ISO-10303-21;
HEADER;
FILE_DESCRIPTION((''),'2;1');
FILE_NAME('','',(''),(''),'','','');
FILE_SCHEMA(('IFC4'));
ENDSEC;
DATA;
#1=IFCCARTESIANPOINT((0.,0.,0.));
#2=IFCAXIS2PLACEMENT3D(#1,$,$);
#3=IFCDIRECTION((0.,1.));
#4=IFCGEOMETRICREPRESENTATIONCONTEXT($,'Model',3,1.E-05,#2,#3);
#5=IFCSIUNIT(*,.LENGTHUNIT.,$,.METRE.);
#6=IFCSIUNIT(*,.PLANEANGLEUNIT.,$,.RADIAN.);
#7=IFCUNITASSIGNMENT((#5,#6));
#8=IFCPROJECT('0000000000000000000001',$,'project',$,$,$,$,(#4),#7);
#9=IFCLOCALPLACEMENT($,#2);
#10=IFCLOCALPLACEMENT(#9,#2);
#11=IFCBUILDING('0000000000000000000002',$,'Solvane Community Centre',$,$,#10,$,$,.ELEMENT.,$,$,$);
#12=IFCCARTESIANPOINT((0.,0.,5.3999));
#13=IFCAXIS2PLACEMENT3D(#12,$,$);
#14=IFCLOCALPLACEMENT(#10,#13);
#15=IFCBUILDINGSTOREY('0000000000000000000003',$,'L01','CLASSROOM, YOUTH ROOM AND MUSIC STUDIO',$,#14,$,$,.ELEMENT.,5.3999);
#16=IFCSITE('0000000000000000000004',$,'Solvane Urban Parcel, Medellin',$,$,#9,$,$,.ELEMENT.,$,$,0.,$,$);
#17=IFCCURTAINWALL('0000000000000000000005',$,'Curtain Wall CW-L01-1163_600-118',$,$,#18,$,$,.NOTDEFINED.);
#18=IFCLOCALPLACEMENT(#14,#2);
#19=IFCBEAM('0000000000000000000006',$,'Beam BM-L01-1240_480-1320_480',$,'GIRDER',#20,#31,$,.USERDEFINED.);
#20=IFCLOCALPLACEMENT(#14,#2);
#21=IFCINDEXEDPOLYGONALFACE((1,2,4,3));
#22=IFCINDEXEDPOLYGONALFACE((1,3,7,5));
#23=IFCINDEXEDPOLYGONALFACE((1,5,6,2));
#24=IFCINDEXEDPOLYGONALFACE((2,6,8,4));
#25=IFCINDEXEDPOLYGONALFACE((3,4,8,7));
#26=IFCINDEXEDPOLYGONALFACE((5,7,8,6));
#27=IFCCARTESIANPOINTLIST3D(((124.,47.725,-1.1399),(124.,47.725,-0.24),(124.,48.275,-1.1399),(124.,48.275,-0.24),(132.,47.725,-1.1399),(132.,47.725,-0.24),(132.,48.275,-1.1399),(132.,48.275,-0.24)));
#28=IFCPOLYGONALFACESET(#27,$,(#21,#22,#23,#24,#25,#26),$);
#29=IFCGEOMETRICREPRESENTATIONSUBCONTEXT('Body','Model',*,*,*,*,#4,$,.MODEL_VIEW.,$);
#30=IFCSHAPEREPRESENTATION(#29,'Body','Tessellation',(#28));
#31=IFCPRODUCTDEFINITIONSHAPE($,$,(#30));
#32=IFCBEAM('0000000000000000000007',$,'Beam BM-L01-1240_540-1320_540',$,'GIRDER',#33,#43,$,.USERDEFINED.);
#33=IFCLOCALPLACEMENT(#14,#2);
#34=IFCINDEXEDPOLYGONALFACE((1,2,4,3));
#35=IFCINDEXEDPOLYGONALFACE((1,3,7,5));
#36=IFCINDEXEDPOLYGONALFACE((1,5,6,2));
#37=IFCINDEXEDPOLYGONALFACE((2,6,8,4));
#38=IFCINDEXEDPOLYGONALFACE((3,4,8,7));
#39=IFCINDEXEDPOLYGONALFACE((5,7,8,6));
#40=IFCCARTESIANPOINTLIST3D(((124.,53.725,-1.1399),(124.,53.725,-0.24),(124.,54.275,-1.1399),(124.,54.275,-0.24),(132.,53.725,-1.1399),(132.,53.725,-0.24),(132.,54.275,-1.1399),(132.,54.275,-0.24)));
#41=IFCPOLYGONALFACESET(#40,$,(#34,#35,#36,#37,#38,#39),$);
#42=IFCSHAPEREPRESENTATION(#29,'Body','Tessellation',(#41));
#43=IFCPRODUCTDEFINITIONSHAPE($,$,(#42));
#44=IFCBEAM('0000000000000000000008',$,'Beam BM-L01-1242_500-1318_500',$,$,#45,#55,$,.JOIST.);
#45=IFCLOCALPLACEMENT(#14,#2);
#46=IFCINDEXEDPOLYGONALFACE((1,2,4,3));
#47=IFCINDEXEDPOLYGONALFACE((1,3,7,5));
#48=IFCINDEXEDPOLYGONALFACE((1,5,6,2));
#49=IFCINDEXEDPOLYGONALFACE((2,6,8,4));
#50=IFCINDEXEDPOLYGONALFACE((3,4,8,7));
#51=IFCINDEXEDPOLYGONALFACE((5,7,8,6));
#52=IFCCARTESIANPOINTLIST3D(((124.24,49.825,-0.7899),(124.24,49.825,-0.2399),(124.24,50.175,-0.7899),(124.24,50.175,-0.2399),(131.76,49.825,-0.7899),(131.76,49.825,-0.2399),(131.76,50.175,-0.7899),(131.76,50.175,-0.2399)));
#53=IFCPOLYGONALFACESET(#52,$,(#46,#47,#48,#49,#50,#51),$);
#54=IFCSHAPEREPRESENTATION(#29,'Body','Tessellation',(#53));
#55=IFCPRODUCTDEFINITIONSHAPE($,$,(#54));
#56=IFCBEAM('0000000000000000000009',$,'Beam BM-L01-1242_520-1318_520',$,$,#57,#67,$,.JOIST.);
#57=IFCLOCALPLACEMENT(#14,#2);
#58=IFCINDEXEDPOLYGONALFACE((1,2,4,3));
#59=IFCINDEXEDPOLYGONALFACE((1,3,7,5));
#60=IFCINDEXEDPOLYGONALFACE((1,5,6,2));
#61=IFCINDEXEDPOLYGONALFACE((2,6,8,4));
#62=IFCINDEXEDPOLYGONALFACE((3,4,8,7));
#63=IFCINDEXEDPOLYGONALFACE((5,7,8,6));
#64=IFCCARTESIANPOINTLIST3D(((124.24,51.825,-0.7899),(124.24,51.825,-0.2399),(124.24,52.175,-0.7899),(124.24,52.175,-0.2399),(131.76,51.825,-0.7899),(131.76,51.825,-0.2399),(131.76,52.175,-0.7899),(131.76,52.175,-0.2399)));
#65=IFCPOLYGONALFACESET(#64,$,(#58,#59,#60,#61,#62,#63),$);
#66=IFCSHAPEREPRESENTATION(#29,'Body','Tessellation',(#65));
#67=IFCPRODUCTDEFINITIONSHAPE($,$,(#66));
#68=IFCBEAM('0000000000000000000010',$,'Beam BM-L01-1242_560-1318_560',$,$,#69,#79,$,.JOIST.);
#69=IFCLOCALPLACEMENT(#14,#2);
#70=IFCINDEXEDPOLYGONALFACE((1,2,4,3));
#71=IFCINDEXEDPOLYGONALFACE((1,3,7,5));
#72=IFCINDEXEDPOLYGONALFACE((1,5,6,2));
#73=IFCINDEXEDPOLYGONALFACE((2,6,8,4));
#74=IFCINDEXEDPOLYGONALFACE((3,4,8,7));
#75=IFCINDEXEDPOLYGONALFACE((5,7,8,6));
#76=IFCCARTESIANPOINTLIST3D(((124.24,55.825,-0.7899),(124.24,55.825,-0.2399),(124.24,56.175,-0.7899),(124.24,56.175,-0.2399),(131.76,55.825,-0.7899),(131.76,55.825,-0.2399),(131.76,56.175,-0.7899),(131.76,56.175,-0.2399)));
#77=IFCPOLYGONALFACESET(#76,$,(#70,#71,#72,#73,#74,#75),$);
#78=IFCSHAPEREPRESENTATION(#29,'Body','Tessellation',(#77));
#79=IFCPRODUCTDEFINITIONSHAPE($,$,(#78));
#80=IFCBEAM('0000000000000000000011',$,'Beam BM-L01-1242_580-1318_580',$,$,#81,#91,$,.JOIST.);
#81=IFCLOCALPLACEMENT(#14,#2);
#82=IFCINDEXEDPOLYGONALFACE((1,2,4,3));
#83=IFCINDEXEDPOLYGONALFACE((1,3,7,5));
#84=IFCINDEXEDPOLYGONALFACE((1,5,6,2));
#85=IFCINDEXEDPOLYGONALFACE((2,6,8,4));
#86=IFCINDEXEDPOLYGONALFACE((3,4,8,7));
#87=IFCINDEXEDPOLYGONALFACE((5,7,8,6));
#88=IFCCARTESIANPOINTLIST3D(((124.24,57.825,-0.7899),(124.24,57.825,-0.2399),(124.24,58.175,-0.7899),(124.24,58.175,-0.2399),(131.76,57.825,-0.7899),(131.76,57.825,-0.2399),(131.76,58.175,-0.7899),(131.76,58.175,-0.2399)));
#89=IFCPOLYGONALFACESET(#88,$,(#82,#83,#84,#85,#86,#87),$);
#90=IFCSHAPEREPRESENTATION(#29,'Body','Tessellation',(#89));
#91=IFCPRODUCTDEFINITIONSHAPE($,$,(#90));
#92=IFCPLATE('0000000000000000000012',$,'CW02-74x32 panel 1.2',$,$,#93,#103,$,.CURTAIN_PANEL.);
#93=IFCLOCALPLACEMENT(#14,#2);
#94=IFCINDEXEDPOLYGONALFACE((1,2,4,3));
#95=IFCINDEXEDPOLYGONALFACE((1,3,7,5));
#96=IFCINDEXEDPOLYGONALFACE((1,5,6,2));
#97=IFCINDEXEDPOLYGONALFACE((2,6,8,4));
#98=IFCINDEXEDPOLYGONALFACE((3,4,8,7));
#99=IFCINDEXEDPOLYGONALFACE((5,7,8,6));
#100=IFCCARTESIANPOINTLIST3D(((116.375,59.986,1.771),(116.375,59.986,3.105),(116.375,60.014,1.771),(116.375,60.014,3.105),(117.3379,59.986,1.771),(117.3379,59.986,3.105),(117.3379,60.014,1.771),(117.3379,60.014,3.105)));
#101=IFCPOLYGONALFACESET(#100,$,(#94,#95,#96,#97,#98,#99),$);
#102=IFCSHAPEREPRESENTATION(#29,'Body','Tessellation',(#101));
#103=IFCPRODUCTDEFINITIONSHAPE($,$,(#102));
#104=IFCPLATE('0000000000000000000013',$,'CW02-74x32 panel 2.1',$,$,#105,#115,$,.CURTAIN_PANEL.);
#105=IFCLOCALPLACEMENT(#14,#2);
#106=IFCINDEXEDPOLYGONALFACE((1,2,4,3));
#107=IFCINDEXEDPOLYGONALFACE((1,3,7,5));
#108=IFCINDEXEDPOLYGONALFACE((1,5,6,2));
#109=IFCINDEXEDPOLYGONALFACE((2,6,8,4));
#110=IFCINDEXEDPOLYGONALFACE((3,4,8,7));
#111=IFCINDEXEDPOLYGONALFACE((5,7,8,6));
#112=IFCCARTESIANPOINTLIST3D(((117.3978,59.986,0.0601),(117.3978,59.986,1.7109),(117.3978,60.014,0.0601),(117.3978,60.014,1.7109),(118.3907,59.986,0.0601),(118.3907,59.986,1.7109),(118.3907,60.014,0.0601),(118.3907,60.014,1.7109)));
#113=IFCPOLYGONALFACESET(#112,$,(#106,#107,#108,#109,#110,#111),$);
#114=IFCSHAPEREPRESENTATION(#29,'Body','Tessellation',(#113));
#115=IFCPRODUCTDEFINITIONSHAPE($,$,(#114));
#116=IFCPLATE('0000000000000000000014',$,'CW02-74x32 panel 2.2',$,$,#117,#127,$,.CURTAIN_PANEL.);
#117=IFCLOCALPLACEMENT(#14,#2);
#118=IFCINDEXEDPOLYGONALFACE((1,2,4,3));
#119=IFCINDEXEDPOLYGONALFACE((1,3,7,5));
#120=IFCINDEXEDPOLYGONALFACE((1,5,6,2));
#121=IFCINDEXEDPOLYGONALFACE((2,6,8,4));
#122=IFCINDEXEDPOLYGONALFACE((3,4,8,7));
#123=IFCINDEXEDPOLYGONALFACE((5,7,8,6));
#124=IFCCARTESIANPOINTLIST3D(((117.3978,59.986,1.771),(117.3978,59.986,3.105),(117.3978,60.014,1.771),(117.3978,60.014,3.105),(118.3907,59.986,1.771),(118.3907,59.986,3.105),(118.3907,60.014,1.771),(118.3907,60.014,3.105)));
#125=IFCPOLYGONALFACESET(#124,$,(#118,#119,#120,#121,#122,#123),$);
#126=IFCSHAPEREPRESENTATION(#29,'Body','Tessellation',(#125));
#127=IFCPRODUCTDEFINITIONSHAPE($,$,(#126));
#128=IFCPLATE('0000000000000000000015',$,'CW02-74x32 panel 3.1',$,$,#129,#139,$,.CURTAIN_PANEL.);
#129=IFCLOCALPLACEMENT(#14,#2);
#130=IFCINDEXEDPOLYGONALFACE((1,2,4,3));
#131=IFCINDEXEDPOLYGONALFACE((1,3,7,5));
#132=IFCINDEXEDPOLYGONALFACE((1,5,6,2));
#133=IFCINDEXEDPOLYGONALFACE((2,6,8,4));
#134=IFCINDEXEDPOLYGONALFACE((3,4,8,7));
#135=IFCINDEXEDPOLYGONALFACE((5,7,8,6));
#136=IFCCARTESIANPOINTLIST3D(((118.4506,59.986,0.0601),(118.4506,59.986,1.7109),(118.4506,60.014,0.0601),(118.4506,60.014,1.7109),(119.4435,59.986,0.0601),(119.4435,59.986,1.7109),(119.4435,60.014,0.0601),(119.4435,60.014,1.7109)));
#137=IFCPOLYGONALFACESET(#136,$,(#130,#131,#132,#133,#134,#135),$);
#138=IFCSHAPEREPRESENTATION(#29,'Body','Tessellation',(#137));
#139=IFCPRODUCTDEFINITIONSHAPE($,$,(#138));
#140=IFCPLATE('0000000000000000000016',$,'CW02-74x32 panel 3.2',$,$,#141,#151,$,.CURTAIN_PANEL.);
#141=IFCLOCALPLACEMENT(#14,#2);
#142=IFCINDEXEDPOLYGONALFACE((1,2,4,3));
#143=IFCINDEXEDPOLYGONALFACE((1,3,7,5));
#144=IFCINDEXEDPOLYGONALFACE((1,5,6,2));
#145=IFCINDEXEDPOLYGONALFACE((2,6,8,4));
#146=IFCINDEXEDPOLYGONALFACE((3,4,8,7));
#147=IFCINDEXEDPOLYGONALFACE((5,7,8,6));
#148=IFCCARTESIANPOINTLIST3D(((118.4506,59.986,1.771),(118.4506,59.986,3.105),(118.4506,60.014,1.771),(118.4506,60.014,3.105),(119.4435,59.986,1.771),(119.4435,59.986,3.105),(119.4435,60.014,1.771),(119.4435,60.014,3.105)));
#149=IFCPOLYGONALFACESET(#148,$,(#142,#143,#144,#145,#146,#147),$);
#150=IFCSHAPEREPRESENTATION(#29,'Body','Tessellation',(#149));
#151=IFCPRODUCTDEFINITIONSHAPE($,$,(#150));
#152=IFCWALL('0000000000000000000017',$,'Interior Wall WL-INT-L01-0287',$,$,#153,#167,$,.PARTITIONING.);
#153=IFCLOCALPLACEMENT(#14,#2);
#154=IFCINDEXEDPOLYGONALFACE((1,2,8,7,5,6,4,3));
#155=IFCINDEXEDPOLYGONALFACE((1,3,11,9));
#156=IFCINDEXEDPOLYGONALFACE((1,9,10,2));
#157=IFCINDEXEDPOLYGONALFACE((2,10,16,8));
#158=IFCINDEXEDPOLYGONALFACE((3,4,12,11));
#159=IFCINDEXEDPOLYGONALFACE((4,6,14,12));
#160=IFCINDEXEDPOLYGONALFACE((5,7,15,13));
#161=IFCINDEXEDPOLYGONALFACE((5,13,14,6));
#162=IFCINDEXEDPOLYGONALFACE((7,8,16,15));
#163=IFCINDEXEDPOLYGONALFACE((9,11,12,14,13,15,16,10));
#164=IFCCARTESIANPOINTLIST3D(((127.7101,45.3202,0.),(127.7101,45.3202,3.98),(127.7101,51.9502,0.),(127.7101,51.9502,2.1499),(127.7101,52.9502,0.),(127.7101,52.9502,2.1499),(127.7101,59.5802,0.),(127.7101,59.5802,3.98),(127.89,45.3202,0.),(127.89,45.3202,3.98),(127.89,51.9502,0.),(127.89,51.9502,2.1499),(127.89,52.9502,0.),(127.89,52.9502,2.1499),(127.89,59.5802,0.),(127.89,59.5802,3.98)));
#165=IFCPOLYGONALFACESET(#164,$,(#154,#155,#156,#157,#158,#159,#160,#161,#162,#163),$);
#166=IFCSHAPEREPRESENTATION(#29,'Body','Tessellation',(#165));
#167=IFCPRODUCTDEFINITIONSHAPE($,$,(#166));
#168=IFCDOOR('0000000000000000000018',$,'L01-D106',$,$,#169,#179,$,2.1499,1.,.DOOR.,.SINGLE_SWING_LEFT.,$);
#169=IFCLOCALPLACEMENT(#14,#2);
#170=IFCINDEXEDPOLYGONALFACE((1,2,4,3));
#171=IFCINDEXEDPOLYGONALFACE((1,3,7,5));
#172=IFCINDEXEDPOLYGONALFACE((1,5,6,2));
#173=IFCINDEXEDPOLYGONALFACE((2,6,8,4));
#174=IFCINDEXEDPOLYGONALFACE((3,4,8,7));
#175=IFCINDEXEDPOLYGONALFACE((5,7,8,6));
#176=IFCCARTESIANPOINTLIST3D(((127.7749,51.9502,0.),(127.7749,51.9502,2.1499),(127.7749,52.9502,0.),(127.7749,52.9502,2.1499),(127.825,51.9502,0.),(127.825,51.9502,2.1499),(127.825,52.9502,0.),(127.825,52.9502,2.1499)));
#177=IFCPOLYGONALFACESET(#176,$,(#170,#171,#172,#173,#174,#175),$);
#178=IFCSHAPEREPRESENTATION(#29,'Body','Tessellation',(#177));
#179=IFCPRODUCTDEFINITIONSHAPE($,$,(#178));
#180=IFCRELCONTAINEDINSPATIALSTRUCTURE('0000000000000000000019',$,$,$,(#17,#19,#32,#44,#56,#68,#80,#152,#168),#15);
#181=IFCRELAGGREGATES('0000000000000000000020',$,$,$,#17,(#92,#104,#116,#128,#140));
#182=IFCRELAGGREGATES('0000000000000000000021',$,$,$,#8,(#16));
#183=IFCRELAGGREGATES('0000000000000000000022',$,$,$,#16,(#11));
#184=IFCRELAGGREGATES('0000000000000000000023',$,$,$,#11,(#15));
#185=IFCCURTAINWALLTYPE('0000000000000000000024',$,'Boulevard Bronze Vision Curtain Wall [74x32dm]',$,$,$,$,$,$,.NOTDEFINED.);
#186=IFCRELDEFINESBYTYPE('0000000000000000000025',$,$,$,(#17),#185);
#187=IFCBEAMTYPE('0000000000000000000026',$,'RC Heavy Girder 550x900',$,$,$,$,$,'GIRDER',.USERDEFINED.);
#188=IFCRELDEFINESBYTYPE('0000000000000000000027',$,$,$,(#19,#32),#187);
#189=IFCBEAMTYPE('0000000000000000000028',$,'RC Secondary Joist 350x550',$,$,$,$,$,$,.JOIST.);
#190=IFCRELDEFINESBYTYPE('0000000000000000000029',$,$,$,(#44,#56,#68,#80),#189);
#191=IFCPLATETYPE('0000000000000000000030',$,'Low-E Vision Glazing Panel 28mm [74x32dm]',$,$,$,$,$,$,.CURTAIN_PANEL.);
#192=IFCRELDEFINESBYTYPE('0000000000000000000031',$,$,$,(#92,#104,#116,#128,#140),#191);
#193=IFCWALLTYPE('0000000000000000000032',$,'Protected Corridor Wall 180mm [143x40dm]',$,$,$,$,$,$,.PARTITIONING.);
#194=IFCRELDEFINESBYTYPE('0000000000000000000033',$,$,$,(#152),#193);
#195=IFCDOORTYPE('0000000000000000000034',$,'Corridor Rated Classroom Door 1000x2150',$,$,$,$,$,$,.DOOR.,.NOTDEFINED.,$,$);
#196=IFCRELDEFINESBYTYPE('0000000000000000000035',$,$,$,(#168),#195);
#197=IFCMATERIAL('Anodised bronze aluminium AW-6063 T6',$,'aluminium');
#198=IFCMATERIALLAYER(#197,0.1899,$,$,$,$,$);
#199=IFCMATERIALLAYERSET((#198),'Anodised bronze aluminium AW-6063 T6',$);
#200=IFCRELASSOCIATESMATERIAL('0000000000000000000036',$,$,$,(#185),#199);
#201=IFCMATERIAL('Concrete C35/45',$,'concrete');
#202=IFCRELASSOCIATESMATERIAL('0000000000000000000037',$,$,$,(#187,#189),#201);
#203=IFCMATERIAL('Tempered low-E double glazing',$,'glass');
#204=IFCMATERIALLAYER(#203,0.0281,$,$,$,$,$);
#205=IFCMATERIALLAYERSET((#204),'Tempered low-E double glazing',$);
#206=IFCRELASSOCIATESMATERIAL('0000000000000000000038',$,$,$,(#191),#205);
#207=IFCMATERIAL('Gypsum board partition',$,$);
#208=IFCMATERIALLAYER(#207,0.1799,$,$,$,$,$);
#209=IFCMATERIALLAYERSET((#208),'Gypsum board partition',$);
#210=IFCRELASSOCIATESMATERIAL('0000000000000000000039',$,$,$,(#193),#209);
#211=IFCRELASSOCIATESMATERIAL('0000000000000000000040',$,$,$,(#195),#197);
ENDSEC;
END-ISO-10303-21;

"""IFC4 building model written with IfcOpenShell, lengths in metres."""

from ifc_helpers import new_model, si_unit, direction, frame, frame_2d, origin, origin_2d, place, context, subcontext, project, spatial, rectangle, extrude, material, layer, layer_set, material_profile, profile_set, type_object, element, fill, aggregate, save


model = new_model("IFC4")

# Units and contexts
model_context = context("Model", 3, precision=1e-05, world=origin(), true_north=direction((0.0, 1.0)))
body_context = subcontext(model_context, "Body", "Model", "MODEL_VIEW")
ifc_project = project(units=[si_unit("LENGTHUNIT", "METRE"), si_unit("PLANEANGLEUNIT", "RADIAN")], contexts=[model_context])

# Site, building, storey
site_placement = place(None, origin())
site = spatial("IfcSite", under=ifc_project, at=site_placement, Name="Solvane Urban Parcel, Medellin", CompositionType="ELEMENT", RefElevation=0.0)
building_placement = place(site_placement, origin())
building = spatial("IfcBuilding", under=site, at=building_placement, Name="Solvane Community Centre", CompositionType="ELEMENT")
storey_placement = place(building_placement, frame((0.0, 0.0, 5.3999)))
storey = spatial("IfcBuildingStorey", under=building, at=storey_placement, Name="L01", Description="CLASSROOM, YOUTH ROOM AND MUSIC STUDIO", CompositionType="ELEMENT", Elevation=5.3999)

# Shared definitions
ifc_material_1 = material(Name="Concrete C35/45", Category="concrete")

# Curtain wall
ifc_material_2 = material(Name="Anodised bronze aluminium AW-6063 T6", Category="aluminium")
ifc_layer_1 = layer(ifc_material_2, 0.1899)
ifc_layer_set_1 = layer_set([ifc_layer_1], Name="Anodised bronze aluminium AW-6063 T6")
curtain_wall_type = type_object("IfcCurtainWallType", Name="Boulevard Bronze Vision Curtain Wall [74x32dm]", PredefinedType="NOTDEFINED", material=ifc_layer_set_1)
curtain_wall_placement = place(storey_placement, origin())
curtain_wall = element("IfcCurtainWall", 1, at=curtain_wall_placement, inside=storey, type_object=curtain_wall_type, Name="Curtain Wall CW-L01-1163_600-118", PredefinedType="NOTDEFINED")

# Beams
ifc_material_profile_1 = material_profile(ifc_material_1, rectangle(XDim=0.55, YDim=0.8999, at=origin_2d()), Name="RC 550x900")
ifc_profile_set_1 = profile_set([ifc_material_profile_1], Name="Concrete C35/45")
beam_type_1 = type_object("IfcBeamType", Name="RC Heavy Girder 550x900", ElementType="GIRDER", PredefinedType="USERDEFINED", material=ifc_profile_set_1)
for number, where, z_axis, x_axis, name in (
    (2, (124.0, 48.0, -0.6899), (1.0, 0.0, 0.0), (0.0, 1.0, 0.0), "Beam BM-L01-1240_480-1320_480"),
    (3, (124.0, 54.0, -0.6899), (1.0, 0.0, 0.0), (0.0, 1.0, 0.0), "Beam BM-L01-1240_540-1320_540"),
):
    element("IfcBeam", number, at=place(storey_placement, frame(where, z_axis=z_axis, x_axis=x_axis)), inside=storey, type_object=beam_type_1, Name=name, ObjectType="GIRDER", PredefinedType="USERDEFINED", context=body_context, shape_type="SweptSolid", body=[
        extrude(rectangle(XDim=0.55, YDim=0.8999, at=origin_2d()), origin(), (0.0, 0.0, 1.0), 8.0),
    ])
ifc_material_profile_2 = material_profile(ifc_material_1, rectangle(XDim=0.3501, YDim=0.55, at=origin_2d()), Name="RC 350x550")
ifc_profile_set_2 = profile_set([ifc_material_profile_2], Name="Concrete C35/45")
beam_type_2 = type_object("IfcBeamType", Name="RC Secondary Joist 350x550", PredefinedType="JOIST", material=ifc_profile_set_2)
for number, where, z_axis, x_axis, name in (
    (4, (124.24, 50.0, -0.5149), (1.0, 0.0, 0.0), (0.0, 1.0, 0.0), "Beam BM-L01-1242_500-1318_500"),
    (5, (124.24, 52.0, -0.5149), (1.0, 0.0, 0.0), (0.0, 1.0, 0.0), "Beam BM-L01-1242_520-1318_520"),
    (6, (124.24, 56.0, -0.5149), (1.0, 0.0, 0.0), (0.0, 1.0, 0.0), "Beam BM-L01-1242_560-1318_560"),
    (7, (124.24, 58.0, -0.5149), (1.0, 0.0, 0.0), (0.0, 1.0, 0.0), "Beam BM-L01-1242_580-1318_580"),
):
    element("IfcBeam", number, at=place(storey_placement, frame(where, z_axis=z_axis, x_axis=x_axis)), inside=storey, type_object=beam_type_2, Name=name, PredefinedType="JOIST", context=body_context, shape_type="SweptSolid", body=[
        extrude(rectangle(XDim=0.3501, YDim=0.55, at=origin_2d()), origin(), (0.0, 0.0, 1.0), 7.52),
    ])

# Plates
ifc_material_3 = material(Name="Tempered low-E double glazing", Category="glass")
ifc_layer_2 = layer(ifc_material_3, 0.0281)
ifc_layer_set_2 = layer_set([ifc_layer_2], Name="Tempered low-E double glazing")
plate_type = type_object("IfcPlateType", Name="Low-E Vision Glazing Panel 28mm [74x32dm]", PredefinedType="CURTAIN_PANEL", material=ifc_layer_set_2)
plate_1_placement = place(storey_placement, frame((116.8564, 60.0, 1.771), z_axis=(0.0, 0.0, 1.0), x_axis=(1.0, 0.0, 0.0)))
plate_1 = element("IfcPlate", 8, at=plate_1_placement, type_object=plate_type, Name="CW02-74x32 panel 1.2", PredefinedType="CURTAIN_PANEL", context=body_context, shape_type="SweptSolid", body=[
    extrude(rectangle(XDim=0.9629, YDim=0.0281, at=origin_2d()), origin(), (0.0, 0.0, 1.0), 1.334),
])
plate_2_placement = place(storey_placement, frame((117.8943, 60.0, 0.0601), z_axis=(0.0, 0.0, 1.0), x_axis=(1.0, 0.0, 0.0)))
plate_2 = element("IfcPlate", 9, at=plate_2_placement, type_object=plate_type, Name="CW02-74x32 panel 2.1", PredefinedType="CURTAIN_PANEL", context=body_context, shape_type="SweptSolid", body=[
    extrude(rectangle(XDim=0.9929, YDim=0.0281, at=origin_2d()), origin(), (0.0, 0.0, 1.0), 1.6509),
])
plate_3_placement = place(storey_placement, frame((117.8943, 60.0, 1.771), z_axis=(0.0, 0.0, 1.0), x_axis=(1.0, 0.0, 0.0)))
plate_3 = element("IfcPlate", 10, at=plate_3_placement, type_object=plate_type, Name="CW02-74x32 panel 2.2", PredefinedType="CURTAIN_PANEL", context=body_context, shape_type="SweptSolid", body=[
    extrude(rectangle(XDim=0.9929, YDim=0.0281, at=origin_2d()), origin(), (0.0, 0.0, 1.0), 1.334),
])
plate_4_placement = place(storey_placement, frame((118.947, 60.0, 0.0601), z_axis=(0.0, 0.0, 1.0), x_axis=(1.0, 0.0, 0.0)))
plate_4 = element("IfcPlate", 11, at=plate_4_placement, type_object=plate_type, Name="CW02-74x32 panel 3.1", PredefinedType="CURTAIN_PANEL", context=body_context, shape_type="SweptSolid", body=[
    extrude(rectangle(XDim=0.9929, YDim=0.0281, at=origin_2d()), origin(), (0.0, 0.0, 1.0), 1.6509),
])
plate_5_placement = place(storey_placement, frame((118.947, 60.0, 1.771), z_axis=(0.0, 0.0, 1.0), x_axis=(1.0, 0.0, 0.0)))
plate_5 = element("IfcPlate", 12, at=plate_5_placement, type_object=plate_type, Name="CW02-74x32 panel 3.2", PredefinedType="CURTAIN_PANEL", context=body_context, shape_type="SweptSolid", body=[
    extrude(rectangle(XDim=0.9929, YDim=0.0281, at=origin_2d()), origin(), (0.0, 0.0, 1.0), 1.334),
])
aggregate(curtain_wall, [plate_1, plate_2, plate_3, plate_4, plate_5])

# Wall, opening, door
ifc_material_4 = material(Name="Gypsum board partition")
ifc_layer_3 = layer(ifc_material_4, 0.1799)
ifc_layer_set_3 = layer_set([ifc_layer_3], Name="Gypsum board partition")
wall_type = type_object("IfcWallType", Name="Protected Corridor Wall 180mm [143x40dm]", PredefinedType="PARTITIONING", material=ifc_layer_set_3)
wall_placement = place(storey_placement, frame((127.8, 59.5801, 0.0), z_axis=(0.0, 0.0, 1.0), x_axis=(0.0, -1.0, 0.0)))
wall = element("IfcWall", 13, at=wall_placement, inside=storey, type_object=wall_type, Name="Interior Wall WL-INT-L01-0287", PredefinedType="PARTITIONING", context=body_context, shape_type="SweptSolid", body=[
    extrude(rectangle(XDim=14.26, YDim=0.1799, at=frame_2d((7.1299, 0.0))), origin(), (0.0, 0.0, 1.0), 3.98),
])
opening_placement = place(wall_placement, frame((6.6299, 0.0, 0.0)))
opening = element("IfcOpeningElement", 14, at=opening_placement, cuts=wall, PredefinedType="OPENING", context=body_context, shape_type="SweptSolid", body=[
    extrude(rectangle(XDim=1.0, YDim=2.1499, at=frame_2d((0.5, 1.075))), frame((0.0, 0.0999, 0.0), z_axis=(0.0, -1.0, 0.0), x_axis=(1.0, 0.0, 0.0)), (0.0, 0.0, 1.0), 0.2),
])
door_type = type_object("IfcDoorType", Name="Corridor Rated Classroom Door 1000x2150", OperationType="NOTDEFINED", PredefinedType="DOOR", material=ifc_material_2)
door_placement = place(opening_placement, origin())
door = element("IfcDoor", 15, at=door_placement, inside=storey, type_object=door_type, Name="L01-D106", OperationType="SINGLE_SWING_LEFT", OverallHeight=2.1499, OverallWidth=1.0, PredefinedType="DOOR", context=body_context, shape_type="SweptSolid", body=[
    extrude(rectangle(XDim=1.0, YDim=2.1499, at=frame_2d((0.5, 1.075))), frame((0.0, 0.0249, 0.0), z_axis=(0.0, -1.0, 0.0), x_axis=(1.0, 0.0, 0.0)), (0.0, 0.0, 1.0), 0.05),
])
fill(opening, door)

save(model, "model.ifc")
